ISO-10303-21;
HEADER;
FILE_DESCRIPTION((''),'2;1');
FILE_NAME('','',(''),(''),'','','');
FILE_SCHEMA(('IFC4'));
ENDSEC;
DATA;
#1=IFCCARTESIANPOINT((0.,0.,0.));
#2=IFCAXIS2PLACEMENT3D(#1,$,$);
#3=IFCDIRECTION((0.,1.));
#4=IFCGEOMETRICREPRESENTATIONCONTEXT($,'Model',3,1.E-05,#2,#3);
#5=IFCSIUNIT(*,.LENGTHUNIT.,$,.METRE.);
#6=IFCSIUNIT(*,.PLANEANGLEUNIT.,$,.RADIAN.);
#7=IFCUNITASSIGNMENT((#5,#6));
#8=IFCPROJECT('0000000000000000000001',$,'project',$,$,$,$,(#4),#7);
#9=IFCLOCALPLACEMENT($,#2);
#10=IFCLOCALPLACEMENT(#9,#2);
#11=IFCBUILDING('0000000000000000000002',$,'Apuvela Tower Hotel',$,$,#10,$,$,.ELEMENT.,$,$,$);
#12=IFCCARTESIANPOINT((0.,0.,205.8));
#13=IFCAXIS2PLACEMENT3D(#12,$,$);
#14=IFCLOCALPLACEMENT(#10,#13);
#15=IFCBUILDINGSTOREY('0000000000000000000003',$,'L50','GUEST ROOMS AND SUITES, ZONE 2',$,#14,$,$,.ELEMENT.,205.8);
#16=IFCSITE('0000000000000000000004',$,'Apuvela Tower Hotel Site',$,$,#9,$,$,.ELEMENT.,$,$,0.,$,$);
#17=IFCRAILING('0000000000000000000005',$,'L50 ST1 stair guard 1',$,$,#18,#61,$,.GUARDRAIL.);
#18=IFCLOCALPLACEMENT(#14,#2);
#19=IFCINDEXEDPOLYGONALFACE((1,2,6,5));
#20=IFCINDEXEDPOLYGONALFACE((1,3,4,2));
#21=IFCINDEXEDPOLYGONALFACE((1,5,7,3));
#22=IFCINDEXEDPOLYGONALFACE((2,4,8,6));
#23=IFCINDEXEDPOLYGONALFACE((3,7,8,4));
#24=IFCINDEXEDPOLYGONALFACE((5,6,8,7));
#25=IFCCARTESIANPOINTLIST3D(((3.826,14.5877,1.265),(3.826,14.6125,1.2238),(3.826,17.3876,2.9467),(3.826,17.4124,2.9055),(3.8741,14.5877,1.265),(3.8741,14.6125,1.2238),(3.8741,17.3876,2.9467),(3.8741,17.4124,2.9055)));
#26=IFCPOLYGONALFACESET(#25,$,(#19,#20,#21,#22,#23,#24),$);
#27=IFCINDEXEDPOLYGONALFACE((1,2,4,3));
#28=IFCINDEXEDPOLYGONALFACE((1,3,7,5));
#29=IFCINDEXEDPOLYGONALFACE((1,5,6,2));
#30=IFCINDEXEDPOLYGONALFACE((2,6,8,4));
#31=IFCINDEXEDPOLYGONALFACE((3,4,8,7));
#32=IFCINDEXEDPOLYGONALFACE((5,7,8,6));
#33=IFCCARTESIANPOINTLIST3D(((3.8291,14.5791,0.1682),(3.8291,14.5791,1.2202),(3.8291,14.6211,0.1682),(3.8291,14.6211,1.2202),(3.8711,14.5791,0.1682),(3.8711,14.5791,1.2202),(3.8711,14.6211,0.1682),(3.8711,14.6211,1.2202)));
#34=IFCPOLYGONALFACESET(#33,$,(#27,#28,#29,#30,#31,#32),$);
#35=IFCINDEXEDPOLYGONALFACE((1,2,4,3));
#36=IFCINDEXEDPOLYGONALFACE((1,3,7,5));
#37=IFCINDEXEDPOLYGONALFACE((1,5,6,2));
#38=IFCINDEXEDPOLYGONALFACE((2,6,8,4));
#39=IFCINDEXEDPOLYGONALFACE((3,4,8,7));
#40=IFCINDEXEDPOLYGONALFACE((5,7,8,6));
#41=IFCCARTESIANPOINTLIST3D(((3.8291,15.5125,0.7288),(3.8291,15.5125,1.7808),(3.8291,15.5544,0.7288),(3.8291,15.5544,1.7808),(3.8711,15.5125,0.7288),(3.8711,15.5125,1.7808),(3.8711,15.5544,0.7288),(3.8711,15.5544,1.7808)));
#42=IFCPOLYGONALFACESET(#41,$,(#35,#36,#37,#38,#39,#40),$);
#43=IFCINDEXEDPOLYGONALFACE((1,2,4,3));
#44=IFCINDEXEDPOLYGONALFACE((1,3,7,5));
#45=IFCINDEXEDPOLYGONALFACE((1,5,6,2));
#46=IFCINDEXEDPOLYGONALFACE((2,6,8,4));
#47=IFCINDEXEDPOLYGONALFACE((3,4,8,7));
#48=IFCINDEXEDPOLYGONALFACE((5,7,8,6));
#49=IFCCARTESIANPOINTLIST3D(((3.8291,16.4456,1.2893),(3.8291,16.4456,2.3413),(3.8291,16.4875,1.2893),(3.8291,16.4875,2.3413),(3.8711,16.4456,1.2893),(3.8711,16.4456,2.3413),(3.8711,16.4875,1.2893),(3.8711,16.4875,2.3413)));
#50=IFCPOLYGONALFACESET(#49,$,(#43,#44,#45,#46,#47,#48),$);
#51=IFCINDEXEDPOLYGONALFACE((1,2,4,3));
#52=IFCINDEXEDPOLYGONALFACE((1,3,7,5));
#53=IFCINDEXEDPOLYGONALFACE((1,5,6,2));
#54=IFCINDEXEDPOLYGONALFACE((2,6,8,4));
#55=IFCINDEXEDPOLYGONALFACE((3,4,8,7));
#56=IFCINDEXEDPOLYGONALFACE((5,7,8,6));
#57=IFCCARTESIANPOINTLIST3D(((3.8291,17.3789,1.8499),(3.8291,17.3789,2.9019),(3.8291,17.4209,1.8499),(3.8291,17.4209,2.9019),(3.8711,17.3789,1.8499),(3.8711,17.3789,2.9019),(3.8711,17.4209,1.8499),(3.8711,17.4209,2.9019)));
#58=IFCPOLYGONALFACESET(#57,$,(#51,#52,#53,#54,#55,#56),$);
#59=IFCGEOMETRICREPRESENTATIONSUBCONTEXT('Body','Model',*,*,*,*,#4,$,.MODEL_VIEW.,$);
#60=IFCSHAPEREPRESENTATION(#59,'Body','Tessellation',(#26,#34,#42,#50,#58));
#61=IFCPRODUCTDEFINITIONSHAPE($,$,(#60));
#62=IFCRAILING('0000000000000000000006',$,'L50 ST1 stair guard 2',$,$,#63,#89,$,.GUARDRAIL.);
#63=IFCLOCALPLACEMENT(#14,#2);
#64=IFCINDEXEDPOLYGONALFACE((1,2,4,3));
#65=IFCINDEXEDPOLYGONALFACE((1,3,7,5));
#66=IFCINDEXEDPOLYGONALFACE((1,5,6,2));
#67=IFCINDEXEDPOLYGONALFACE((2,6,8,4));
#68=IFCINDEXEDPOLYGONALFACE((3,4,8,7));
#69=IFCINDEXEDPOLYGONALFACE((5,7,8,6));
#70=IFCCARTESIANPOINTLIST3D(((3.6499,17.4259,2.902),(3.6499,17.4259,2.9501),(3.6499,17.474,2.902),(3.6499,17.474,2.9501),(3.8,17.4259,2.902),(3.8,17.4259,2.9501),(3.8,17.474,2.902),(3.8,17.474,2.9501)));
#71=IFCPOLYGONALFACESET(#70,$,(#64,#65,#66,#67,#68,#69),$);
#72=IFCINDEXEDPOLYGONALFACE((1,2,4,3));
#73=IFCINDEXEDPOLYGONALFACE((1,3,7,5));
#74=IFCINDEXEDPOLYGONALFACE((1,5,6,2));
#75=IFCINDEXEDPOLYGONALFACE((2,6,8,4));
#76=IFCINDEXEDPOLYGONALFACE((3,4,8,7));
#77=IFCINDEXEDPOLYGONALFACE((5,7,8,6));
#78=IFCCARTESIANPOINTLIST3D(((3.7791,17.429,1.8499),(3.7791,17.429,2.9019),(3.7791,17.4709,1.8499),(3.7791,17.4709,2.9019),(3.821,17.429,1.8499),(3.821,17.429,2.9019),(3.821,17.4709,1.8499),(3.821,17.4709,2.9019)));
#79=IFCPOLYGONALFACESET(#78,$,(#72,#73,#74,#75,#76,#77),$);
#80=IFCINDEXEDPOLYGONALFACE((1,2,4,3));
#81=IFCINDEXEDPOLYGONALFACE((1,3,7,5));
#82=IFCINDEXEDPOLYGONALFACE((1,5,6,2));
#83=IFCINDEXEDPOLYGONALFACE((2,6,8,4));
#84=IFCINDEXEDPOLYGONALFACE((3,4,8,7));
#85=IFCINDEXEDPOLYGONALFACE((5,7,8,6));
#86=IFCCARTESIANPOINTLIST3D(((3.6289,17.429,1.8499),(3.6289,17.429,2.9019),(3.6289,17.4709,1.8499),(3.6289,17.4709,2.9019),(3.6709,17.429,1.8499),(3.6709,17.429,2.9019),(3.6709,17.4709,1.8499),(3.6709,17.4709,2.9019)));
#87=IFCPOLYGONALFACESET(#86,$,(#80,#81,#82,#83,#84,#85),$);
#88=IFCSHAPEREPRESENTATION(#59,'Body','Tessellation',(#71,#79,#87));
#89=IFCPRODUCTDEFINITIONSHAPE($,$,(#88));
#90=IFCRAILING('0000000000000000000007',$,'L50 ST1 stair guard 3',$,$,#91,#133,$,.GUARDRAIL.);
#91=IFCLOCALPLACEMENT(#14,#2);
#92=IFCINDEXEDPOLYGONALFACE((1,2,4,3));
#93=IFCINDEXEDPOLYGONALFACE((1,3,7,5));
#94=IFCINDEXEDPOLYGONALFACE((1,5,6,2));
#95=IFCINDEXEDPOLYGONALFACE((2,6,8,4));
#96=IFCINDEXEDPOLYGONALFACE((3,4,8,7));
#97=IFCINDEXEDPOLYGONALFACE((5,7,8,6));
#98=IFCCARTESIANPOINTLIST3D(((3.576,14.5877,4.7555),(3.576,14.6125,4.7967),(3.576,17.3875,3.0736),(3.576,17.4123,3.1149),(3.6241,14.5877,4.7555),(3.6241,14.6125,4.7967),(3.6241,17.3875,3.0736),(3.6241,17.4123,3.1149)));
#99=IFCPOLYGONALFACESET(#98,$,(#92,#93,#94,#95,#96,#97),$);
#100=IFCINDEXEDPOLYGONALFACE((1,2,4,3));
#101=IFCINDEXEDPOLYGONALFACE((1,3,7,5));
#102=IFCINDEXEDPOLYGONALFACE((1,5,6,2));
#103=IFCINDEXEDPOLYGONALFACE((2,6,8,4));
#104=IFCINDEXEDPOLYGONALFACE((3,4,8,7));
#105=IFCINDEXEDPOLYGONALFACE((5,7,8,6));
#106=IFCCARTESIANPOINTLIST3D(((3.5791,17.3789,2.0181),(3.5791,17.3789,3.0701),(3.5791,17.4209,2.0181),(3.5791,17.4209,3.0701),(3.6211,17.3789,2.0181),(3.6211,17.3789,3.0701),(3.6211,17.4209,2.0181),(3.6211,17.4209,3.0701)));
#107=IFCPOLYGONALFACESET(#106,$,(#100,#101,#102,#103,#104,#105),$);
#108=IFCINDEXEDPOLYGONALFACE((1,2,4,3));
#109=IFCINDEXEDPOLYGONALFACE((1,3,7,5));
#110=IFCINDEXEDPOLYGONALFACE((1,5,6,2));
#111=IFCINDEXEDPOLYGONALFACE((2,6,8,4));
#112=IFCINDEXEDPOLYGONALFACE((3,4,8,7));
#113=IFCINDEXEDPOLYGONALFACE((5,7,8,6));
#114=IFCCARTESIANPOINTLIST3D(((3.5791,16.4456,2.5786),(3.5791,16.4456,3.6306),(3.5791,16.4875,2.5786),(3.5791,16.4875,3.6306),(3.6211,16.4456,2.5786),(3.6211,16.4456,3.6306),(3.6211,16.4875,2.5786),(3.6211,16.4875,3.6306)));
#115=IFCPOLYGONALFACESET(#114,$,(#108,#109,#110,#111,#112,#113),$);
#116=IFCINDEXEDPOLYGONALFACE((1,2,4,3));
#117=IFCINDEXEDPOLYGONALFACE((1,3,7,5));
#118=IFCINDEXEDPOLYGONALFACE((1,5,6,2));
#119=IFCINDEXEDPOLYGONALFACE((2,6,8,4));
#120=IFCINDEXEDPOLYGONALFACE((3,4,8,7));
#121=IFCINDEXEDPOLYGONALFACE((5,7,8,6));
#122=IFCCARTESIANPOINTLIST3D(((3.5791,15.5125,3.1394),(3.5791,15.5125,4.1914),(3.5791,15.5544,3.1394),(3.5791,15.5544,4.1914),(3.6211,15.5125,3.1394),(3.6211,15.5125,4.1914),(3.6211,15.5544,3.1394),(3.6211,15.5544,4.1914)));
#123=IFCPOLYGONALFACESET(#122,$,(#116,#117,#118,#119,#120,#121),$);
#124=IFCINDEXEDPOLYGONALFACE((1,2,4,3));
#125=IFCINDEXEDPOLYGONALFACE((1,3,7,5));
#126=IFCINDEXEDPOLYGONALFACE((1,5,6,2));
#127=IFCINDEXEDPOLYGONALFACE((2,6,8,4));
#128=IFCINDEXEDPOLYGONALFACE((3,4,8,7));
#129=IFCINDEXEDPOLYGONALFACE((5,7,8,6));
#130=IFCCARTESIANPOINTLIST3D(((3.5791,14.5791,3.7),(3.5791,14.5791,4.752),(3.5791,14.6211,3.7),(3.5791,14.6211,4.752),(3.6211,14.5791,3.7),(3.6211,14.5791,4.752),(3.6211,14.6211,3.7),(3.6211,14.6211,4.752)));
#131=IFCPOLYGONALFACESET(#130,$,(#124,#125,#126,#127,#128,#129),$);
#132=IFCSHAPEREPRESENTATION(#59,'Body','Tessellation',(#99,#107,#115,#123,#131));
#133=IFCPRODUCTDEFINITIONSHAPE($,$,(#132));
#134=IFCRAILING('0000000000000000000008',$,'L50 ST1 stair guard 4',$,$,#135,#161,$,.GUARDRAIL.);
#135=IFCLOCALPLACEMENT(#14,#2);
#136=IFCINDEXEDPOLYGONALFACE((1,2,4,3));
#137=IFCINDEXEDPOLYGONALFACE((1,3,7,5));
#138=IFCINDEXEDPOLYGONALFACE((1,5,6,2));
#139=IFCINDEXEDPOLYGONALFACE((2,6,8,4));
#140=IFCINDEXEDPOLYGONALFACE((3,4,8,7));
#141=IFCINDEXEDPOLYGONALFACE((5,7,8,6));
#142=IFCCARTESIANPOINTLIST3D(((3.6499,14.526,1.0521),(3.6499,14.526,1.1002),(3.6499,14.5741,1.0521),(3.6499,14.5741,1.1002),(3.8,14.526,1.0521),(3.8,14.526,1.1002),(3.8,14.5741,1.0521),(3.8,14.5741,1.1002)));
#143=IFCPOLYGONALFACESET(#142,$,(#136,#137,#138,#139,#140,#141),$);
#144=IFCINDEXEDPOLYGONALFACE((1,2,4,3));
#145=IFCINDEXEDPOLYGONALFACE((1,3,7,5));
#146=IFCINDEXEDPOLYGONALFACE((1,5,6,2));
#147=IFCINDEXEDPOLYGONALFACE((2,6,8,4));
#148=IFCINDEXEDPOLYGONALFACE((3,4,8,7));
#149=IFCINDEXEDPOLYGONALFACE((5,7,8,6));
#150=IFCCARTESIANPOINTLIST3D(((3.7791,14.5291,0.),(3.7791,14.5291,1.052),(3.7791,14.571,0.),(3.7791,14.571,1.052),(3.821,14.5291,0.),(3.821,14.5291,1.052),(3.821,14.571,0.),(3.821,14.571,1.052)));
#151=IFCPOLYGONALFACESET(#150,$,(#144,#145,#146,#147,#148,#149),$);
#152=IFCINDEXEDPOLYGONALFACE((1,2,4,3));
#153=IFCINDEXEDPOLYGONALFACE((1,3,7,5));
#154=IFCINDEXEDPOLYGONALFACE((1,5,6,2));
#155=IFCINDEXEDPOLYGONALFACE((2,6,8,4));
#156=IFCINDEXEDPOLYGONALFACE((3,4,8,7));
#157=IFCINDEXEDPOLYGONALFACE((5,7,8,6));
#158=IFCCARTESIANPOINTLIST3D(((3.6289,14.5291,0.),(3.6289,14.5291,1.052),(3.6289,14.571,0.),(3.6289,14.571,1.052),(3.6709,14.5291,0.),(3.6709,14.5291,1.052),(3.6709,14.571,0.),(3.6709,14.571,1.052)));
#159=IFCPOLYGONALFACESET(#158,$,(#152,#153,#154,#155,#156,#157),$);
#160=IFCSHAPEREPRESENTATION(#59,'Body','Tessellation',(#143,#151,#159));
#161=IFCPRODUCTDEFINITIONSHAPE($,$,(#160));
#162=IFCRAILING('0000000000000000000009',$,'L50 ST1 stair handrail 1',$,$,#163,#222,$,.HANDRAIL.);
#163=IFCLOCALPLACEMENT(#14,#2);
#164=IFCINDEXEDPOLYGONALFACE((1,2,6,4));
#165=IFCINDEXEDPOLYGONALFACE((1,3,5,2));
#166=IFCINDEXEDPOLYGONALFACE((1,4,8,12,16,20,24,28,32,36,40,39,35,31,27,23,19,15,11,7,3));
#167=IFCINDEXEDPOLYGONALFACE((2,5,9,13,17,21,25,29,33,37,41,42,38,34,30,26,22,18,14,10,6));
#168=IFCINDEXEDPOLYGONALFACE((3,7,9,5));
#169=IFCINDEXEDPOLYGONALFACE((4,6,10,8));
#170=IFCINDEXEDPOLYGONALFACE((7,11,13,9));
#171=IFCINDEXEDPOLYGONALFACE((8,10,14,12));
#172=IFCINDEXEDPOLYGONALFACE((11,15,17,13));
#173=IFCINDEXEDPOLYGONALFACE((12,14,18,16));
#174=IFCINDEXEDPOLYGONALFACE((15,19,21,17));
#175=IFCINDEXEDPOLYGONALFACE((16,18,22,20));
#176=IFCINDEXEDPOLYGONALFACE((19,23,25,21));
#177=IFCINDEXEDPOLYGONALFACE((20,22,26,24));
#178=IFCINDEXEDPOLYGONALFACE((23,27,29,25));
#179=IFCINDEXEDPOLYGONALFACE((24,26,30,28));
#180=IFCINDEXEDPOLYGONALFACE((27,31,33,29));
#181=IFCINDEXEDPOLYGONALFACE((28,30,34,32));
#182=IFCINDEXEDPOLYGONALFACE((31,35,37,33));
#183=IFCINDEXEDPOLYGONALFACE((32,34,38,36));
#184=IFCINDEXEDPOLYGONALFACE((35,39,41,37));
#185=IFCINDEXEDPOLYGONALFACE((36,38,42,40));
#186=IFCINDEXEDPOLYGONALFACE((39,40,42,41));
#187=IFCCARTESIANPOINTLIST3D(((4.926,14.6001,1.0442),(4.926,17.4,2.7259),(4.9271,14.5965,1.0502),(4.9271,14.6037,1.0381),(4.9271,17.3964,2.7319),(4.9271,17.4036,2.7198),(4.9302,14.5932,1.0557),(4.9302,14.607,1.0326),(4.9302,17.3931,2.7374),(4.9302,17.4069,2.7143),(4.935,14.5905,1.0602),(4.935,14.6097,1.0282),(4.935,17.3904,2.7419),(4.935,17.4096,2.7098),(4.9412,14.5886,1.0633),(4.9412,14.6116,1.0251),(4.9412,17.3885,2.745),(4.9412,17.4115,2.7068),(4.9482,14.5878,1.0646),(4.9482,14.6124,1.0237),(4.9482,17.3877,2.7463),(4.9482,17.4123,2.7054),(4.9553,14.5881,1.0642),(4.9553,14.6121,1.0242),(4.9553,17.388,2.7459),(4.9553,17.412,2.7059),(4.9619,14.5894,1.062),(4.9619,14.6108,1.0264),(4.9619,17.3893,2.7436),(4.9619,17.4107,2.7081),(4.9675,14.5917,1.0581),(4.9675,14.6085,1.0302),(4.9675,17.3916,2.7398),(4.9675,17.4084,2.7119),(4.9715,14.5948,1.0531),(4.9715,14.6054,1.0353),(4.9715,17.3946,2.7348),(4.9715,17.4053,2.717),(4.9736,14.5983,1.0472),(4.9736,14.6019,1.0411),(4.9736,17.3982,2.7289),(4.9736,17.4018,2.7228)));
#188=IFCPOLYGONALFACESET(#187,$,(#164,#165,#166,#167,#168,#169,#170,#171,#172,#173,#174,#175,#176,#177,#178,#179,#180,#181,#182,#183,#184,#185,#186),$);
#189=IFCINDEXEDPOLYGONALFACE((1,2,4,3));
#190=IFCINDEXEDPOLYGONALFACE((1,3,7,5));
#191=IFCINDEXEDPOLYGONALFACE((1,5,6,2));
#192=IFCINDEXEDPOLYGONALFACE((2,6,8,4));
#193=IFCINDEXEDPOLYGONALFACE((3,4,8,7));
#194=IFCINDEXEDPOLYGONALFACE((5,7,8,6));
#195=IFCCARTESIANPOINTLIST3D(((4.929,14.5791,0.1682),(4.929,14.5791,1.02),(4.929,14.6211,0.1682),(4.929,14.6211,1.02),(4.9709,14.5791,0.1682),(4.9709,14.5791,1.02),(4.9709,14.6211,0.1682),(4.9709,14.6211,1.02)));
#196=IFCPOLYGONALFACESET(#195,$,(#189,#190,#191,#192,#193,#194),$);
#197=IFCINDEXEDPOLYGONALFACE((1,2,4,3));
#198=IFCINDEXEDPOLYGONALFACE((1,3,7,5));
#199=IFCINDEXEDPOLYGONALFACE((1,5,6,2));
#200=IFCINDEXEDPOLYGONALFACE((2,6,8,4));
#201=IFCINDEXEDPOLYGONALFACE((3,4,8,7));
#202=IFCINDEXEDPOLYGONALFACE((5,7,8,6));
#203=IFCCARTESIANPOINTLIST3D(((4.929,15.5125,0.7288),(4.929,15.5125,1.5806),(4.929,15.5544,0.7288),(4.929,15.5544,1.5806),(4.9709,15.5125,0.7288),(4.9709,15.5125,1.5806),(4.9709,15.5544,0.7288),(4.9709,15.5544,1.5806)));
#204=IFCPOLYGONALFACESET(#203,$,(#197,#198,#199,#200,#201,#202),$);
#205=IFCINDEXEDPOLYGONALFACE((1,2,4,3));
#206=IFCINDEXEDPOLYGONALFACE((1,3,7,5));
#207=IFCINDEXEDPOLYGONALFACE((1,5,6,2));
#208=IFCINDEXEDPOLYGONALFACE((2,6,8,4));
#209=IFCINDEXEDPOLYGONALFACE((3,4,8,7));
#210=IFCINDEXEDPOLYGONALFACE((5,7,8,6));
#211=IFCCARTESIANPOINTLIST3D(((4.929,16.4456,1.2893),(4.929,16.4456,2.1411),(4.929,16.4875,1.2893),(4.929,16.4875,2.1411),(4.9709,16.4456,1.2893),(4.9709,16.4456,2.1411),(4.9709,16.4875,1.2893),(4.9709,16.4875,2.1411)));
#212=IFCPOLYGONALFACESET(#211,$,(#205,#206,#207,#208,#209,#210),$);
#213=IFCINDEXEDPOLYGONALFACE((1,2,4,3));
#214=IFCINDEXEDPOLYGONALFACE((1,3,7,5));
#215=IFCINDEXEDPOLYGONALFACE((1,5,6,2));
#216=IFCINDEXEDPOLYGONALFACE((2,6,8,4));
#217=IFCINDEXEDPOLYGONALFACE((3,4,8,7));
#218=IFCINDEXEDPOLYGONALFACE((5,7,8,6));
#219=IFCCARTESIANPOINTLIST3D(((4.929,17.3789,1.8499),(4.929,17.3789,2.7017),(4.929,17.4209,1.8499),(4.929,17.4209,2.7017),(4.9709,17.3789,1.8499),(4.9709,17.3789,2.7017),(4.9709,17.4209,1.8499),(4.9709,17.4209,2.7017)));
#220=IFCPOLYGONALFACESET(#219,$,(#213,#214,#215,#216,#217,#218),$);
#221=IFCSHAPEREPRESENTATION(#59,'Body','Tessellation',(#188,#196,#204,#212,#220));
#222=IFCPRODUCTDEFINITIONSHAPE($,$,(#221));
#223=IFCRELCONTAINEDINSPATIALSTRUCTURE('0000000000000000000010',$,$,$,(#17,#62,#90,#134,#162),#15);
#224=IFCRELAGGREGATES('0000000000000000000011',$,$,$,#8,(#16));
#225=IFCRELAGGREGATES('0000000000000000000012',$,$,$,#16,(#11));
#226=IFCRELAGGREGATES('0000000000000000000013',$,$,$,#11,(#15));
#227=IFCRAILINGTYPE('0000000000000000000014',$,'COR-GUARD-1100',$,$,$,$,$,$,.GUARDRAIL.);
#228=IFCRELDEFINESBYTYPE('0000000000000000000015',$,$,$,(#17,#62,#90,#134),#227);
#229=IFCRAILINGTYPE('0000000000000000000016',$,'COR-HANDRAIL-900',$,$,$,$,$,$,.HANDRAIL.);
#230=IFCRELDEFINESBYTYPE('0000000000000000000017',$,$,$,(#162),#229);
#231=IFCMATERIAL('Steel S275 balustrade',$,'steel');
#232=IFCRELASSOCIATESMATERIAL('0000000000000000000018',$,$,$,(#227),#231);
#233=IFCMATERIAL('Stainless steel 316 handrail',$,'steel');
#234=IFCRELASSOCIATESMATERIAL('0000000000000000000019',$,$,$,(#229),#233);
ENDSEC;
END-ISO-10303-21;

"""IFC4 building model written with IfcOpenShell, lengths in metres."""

from ifc_helpers import new_model, si_unit, direction, frame, origin, origin_2d, place, context, subcontext, project, spatial, rectangle, circle, extrude, material, type_object, element, save


model = new_model("IFC4")

# Units and contexts
model_context = context("Model", 3, precision=1e-05, world=origin(), true_north=direction((0.0, 1.0)))
body_context = subcontext(model_context, "Body", "Model", "MODEL_VIEW")
ifc_project = project(units=[si_unit("LENGTHUNIT", "METRE"), si_unit("PLANEANGLEUNIT", "RADIAN")], contexts=[model_context])

# Site, building, storey
site_placement = place(None, origin())
site = spatial("IfcSite", under=ifc_project, at=site_placement, Name="Apuvela Tower Hotel Site", CompositionType="ELEMENT", RefElevation=0.0)
building_placement = place(site_placement, origin())
building = spatial("IfcBuilding", under=site, at=building_placement, Name="Apuvela Tower Hotel", CompositionType="ELEMENT")
storey_placement = place(building_placement, frame((0.0, 0.0, 205.8)))
storey = spatial("IfcBuildingStorey", under=building, at=storey_placement, Name="L50", Description="GUEST ROOMS AND SUITES, ZONE 2", CompositionType="ELEMENT", Elevation=205.8)

# Railings
ifc_material_1 = material(Name="Steel S275 balustrade", Category="steel")
railing_type_1 = type_object("IfcRailingType", Name="COR-GUARD-1100", PredefinedType="GUARDRAIL", material=ifc_material_1)
railing_1_placement = place(storey_placement, frame((3.8501, 14.6001, 0.1682)))
element("IfcRailing", 1, at=railing_1_placement, inside=storey, type_object=railing_type_1, Name="L50 ST1 stair guard 1", PredefinedType="GUARDRAIL", context=body_context, shape_type="SweptSolid", body=[
    extrude(rectangle(XDim=0.0481, YDim=0.0481, at=origin_2d()), frame((0.0, 0.0, 1.0762), z_axis=(0.0, 0.857255, 0.514891), x_axis=(-1.0, 0.0, 0.0)), (0.0, 0.0, 1.0), 3.2661),
    extrude(rectangle(XDim=0.042, YDim=0.042, at=origin_2d()), origin(), (0.0, 0.0, 1.0), 1.052),
    extrude(rectangle(XDim=0.042, YDim=0.042, at=origin_2d()), frame((0.0, 0.9333, 0.5605)), (0.0, 0.0, 1.0), 1.052),
    extrude(rectangle(XDim=0.042, YDim=0.042, at=origin_2d()), frame((0.0, 1.8665, 1.1211)), (0.0, 0.0, 1.0), 1.052),
    extrude(rectangle(XDim=0.042, YDim=0.042, at=origin_2d()), frame((0.0, 2.7998, 1.6816)), (0.0, 0.0, 1.0), 1.052),
])
railing_2_placement = place(storey_placement, frame((3.8, 17.45, 1.8499)))
element("IfcRailing", 2, at=railing_2_placement, inside=storey, type_object=railing_type_1, Name="L50 ST1 stair guard 2", PredefinedType="GUARDRAIL", context=body_context, shape_type="SweptSolid", body=[
    extrude(rectangle(XDim=0.0481, YDim=0.0481, at=origin_2d()), frame((0.0, 0.0, 1.0762), z_axis=(-1.0, 0.0, 0.0), x_axis=(0.0, -1.0, 0.0)), (0.0, 0.0, 1.0), 0.1501),
    extrude(rectangle(XDim=0.042, YDim=0.042, at=origin_2d()), origin(), (0.0, 0.0, 1.0), 1.052),
    extrude(rectangle(XDim=0.042, YDim=0.042, at=origin_2d()), frame((-0.1501, 0.0, 0.0)), (0.0, 0.0, 1.0), 1.052),
])
railing_3_placement = place(storey_placement, frame((3.6001, 17.3999, 2.0181)))
element("IfcRailing", 3, at=railing_3_placement, inside=storey, type_object=railing_type_1, Name="L50 ST1 stair guard 3", PredefinedType="GUARDRAIL", context=body_context, shape_type="SweptSolid", body=[
    extrude(rectangle(XDim=0.0481, YDim=0.0481, at=origin_2d()), frame((0.0, 0.0, 1.0762), z_axis=(0.0, -0.857222, 0.514946), x_axis=(1.0, 0.0, 0.0)), (0.0, 0.0, 1.0), 3.2661),
    extrude(rectangle(XDim=0.042, YDim=0.042, at=origin_2d()), origin(), (0.0, 0.0, 1.0), 1.052),
    extrude(rectangle(XDim=0.042, YDim=0.042, at=origin_2d()), frame((0.0, -0.9333, 0.5605)), (0.0, 0.0, 1.0), 1.052),
    extrude(rectangle(XDim=0.042, YDim=0.042, at=origin_2d()), frame((0.0, -1.8665, 1.1213)), (0.0, 0.0, 1.0), 1.052),
    extrude(rectangle(XDim=0.042, YDim=0.042, at=origin_2d()), frame((0.0, -2.7998, 1.6819)), (0.0, 0.0, 1.0), 1.052),
])
railing_4_placement = place(storey_placement, frame((3.8, 14.55, 0.0)))
element("IfcRailing", 4, at=railing_4_placement, inside=storey, type_object=railing_type_1, Name="L50 ST1 stair guard 4", PredefinedType="GUARDRAIL", context=body_context, shape_type="SweptSolid", body=[
    extrude(rectangle(XDim=0.0481, YDim=0.0481, at=origin_2d()), frame((0.0, 0.0, 1.0762), z_axis=(-1.0, 0.0, 0.0), x_axis=(0.0, -1.0, 0.0)), (0.0, 0.0, 1.0), 0.1501),
    extrude(rectangle(XDim=0.042, YDim=0.042, at=origin_2d()), origin(), (0.0, 0.0, 1.0), 1.052),
    extrude(rectangle(XDim=0.042, YDim=0.042, at=origin_2d()), frame((-0.1501, 0.0, 0.0)), (0.0, 0.0, 1.0), 1.052),
])
ifc_material_2 = material(Name="Stainless steel 316 handrail", Category="steel")
railing_type_2 = type_object("IfcRailingType", Name="COR-HANDRAIL-900", PredefinedType="HANDRAIL", material=ifc_material_2)
railing_5_placement = place(storey_placement, frame((4.95, 14.6001, 0.1682)))
element("IfcRailing", 5, at=railing_5_placement, inside=storey, type_object=railing_type_2, Name="L50 ST1 stair handrail 1", PredefinedType="HANDRAIL", context=body_context, shape_type="SweptSolid", body=[
    extrude(circle(Radius=0.0239, at=origin_2d()), frame((0.0, 0.0, 0.876), z_axis=(0.0, 0.857255, 0.514891), x_axis=(-1.0, 0.0, 0.0)), (0.0, 0.0, 1.0), 3.2661),
    extrude(rectangle(XDim=0.042, YDim=0.042, at=origin_2d()), origin(), (0.0, 0.0, 1.0), 0.8518),
    extrude(rectangle(XDim=0.042, YDim=0.042, at=origin_2d()), frame((0.0, 0.9333, 0.5605)), (0.0, 0.0, 1.0), 0.8518),
    extrude(rectangle(XDim=0.042, YDim=0.042, at=origin_2d()), frame((0.0, 1.8665, 1.1211)), (0.0, 0.0, 1.0), 0.8518),
    extrude(rectangle(XDim=0.042, YDim=0.042, at=origin_2d()), frame((0.0, 2.7998, 1.6816)), (0.0, 0.0, 1.0), 0.8518),
])

save(model, "model.ifc")
